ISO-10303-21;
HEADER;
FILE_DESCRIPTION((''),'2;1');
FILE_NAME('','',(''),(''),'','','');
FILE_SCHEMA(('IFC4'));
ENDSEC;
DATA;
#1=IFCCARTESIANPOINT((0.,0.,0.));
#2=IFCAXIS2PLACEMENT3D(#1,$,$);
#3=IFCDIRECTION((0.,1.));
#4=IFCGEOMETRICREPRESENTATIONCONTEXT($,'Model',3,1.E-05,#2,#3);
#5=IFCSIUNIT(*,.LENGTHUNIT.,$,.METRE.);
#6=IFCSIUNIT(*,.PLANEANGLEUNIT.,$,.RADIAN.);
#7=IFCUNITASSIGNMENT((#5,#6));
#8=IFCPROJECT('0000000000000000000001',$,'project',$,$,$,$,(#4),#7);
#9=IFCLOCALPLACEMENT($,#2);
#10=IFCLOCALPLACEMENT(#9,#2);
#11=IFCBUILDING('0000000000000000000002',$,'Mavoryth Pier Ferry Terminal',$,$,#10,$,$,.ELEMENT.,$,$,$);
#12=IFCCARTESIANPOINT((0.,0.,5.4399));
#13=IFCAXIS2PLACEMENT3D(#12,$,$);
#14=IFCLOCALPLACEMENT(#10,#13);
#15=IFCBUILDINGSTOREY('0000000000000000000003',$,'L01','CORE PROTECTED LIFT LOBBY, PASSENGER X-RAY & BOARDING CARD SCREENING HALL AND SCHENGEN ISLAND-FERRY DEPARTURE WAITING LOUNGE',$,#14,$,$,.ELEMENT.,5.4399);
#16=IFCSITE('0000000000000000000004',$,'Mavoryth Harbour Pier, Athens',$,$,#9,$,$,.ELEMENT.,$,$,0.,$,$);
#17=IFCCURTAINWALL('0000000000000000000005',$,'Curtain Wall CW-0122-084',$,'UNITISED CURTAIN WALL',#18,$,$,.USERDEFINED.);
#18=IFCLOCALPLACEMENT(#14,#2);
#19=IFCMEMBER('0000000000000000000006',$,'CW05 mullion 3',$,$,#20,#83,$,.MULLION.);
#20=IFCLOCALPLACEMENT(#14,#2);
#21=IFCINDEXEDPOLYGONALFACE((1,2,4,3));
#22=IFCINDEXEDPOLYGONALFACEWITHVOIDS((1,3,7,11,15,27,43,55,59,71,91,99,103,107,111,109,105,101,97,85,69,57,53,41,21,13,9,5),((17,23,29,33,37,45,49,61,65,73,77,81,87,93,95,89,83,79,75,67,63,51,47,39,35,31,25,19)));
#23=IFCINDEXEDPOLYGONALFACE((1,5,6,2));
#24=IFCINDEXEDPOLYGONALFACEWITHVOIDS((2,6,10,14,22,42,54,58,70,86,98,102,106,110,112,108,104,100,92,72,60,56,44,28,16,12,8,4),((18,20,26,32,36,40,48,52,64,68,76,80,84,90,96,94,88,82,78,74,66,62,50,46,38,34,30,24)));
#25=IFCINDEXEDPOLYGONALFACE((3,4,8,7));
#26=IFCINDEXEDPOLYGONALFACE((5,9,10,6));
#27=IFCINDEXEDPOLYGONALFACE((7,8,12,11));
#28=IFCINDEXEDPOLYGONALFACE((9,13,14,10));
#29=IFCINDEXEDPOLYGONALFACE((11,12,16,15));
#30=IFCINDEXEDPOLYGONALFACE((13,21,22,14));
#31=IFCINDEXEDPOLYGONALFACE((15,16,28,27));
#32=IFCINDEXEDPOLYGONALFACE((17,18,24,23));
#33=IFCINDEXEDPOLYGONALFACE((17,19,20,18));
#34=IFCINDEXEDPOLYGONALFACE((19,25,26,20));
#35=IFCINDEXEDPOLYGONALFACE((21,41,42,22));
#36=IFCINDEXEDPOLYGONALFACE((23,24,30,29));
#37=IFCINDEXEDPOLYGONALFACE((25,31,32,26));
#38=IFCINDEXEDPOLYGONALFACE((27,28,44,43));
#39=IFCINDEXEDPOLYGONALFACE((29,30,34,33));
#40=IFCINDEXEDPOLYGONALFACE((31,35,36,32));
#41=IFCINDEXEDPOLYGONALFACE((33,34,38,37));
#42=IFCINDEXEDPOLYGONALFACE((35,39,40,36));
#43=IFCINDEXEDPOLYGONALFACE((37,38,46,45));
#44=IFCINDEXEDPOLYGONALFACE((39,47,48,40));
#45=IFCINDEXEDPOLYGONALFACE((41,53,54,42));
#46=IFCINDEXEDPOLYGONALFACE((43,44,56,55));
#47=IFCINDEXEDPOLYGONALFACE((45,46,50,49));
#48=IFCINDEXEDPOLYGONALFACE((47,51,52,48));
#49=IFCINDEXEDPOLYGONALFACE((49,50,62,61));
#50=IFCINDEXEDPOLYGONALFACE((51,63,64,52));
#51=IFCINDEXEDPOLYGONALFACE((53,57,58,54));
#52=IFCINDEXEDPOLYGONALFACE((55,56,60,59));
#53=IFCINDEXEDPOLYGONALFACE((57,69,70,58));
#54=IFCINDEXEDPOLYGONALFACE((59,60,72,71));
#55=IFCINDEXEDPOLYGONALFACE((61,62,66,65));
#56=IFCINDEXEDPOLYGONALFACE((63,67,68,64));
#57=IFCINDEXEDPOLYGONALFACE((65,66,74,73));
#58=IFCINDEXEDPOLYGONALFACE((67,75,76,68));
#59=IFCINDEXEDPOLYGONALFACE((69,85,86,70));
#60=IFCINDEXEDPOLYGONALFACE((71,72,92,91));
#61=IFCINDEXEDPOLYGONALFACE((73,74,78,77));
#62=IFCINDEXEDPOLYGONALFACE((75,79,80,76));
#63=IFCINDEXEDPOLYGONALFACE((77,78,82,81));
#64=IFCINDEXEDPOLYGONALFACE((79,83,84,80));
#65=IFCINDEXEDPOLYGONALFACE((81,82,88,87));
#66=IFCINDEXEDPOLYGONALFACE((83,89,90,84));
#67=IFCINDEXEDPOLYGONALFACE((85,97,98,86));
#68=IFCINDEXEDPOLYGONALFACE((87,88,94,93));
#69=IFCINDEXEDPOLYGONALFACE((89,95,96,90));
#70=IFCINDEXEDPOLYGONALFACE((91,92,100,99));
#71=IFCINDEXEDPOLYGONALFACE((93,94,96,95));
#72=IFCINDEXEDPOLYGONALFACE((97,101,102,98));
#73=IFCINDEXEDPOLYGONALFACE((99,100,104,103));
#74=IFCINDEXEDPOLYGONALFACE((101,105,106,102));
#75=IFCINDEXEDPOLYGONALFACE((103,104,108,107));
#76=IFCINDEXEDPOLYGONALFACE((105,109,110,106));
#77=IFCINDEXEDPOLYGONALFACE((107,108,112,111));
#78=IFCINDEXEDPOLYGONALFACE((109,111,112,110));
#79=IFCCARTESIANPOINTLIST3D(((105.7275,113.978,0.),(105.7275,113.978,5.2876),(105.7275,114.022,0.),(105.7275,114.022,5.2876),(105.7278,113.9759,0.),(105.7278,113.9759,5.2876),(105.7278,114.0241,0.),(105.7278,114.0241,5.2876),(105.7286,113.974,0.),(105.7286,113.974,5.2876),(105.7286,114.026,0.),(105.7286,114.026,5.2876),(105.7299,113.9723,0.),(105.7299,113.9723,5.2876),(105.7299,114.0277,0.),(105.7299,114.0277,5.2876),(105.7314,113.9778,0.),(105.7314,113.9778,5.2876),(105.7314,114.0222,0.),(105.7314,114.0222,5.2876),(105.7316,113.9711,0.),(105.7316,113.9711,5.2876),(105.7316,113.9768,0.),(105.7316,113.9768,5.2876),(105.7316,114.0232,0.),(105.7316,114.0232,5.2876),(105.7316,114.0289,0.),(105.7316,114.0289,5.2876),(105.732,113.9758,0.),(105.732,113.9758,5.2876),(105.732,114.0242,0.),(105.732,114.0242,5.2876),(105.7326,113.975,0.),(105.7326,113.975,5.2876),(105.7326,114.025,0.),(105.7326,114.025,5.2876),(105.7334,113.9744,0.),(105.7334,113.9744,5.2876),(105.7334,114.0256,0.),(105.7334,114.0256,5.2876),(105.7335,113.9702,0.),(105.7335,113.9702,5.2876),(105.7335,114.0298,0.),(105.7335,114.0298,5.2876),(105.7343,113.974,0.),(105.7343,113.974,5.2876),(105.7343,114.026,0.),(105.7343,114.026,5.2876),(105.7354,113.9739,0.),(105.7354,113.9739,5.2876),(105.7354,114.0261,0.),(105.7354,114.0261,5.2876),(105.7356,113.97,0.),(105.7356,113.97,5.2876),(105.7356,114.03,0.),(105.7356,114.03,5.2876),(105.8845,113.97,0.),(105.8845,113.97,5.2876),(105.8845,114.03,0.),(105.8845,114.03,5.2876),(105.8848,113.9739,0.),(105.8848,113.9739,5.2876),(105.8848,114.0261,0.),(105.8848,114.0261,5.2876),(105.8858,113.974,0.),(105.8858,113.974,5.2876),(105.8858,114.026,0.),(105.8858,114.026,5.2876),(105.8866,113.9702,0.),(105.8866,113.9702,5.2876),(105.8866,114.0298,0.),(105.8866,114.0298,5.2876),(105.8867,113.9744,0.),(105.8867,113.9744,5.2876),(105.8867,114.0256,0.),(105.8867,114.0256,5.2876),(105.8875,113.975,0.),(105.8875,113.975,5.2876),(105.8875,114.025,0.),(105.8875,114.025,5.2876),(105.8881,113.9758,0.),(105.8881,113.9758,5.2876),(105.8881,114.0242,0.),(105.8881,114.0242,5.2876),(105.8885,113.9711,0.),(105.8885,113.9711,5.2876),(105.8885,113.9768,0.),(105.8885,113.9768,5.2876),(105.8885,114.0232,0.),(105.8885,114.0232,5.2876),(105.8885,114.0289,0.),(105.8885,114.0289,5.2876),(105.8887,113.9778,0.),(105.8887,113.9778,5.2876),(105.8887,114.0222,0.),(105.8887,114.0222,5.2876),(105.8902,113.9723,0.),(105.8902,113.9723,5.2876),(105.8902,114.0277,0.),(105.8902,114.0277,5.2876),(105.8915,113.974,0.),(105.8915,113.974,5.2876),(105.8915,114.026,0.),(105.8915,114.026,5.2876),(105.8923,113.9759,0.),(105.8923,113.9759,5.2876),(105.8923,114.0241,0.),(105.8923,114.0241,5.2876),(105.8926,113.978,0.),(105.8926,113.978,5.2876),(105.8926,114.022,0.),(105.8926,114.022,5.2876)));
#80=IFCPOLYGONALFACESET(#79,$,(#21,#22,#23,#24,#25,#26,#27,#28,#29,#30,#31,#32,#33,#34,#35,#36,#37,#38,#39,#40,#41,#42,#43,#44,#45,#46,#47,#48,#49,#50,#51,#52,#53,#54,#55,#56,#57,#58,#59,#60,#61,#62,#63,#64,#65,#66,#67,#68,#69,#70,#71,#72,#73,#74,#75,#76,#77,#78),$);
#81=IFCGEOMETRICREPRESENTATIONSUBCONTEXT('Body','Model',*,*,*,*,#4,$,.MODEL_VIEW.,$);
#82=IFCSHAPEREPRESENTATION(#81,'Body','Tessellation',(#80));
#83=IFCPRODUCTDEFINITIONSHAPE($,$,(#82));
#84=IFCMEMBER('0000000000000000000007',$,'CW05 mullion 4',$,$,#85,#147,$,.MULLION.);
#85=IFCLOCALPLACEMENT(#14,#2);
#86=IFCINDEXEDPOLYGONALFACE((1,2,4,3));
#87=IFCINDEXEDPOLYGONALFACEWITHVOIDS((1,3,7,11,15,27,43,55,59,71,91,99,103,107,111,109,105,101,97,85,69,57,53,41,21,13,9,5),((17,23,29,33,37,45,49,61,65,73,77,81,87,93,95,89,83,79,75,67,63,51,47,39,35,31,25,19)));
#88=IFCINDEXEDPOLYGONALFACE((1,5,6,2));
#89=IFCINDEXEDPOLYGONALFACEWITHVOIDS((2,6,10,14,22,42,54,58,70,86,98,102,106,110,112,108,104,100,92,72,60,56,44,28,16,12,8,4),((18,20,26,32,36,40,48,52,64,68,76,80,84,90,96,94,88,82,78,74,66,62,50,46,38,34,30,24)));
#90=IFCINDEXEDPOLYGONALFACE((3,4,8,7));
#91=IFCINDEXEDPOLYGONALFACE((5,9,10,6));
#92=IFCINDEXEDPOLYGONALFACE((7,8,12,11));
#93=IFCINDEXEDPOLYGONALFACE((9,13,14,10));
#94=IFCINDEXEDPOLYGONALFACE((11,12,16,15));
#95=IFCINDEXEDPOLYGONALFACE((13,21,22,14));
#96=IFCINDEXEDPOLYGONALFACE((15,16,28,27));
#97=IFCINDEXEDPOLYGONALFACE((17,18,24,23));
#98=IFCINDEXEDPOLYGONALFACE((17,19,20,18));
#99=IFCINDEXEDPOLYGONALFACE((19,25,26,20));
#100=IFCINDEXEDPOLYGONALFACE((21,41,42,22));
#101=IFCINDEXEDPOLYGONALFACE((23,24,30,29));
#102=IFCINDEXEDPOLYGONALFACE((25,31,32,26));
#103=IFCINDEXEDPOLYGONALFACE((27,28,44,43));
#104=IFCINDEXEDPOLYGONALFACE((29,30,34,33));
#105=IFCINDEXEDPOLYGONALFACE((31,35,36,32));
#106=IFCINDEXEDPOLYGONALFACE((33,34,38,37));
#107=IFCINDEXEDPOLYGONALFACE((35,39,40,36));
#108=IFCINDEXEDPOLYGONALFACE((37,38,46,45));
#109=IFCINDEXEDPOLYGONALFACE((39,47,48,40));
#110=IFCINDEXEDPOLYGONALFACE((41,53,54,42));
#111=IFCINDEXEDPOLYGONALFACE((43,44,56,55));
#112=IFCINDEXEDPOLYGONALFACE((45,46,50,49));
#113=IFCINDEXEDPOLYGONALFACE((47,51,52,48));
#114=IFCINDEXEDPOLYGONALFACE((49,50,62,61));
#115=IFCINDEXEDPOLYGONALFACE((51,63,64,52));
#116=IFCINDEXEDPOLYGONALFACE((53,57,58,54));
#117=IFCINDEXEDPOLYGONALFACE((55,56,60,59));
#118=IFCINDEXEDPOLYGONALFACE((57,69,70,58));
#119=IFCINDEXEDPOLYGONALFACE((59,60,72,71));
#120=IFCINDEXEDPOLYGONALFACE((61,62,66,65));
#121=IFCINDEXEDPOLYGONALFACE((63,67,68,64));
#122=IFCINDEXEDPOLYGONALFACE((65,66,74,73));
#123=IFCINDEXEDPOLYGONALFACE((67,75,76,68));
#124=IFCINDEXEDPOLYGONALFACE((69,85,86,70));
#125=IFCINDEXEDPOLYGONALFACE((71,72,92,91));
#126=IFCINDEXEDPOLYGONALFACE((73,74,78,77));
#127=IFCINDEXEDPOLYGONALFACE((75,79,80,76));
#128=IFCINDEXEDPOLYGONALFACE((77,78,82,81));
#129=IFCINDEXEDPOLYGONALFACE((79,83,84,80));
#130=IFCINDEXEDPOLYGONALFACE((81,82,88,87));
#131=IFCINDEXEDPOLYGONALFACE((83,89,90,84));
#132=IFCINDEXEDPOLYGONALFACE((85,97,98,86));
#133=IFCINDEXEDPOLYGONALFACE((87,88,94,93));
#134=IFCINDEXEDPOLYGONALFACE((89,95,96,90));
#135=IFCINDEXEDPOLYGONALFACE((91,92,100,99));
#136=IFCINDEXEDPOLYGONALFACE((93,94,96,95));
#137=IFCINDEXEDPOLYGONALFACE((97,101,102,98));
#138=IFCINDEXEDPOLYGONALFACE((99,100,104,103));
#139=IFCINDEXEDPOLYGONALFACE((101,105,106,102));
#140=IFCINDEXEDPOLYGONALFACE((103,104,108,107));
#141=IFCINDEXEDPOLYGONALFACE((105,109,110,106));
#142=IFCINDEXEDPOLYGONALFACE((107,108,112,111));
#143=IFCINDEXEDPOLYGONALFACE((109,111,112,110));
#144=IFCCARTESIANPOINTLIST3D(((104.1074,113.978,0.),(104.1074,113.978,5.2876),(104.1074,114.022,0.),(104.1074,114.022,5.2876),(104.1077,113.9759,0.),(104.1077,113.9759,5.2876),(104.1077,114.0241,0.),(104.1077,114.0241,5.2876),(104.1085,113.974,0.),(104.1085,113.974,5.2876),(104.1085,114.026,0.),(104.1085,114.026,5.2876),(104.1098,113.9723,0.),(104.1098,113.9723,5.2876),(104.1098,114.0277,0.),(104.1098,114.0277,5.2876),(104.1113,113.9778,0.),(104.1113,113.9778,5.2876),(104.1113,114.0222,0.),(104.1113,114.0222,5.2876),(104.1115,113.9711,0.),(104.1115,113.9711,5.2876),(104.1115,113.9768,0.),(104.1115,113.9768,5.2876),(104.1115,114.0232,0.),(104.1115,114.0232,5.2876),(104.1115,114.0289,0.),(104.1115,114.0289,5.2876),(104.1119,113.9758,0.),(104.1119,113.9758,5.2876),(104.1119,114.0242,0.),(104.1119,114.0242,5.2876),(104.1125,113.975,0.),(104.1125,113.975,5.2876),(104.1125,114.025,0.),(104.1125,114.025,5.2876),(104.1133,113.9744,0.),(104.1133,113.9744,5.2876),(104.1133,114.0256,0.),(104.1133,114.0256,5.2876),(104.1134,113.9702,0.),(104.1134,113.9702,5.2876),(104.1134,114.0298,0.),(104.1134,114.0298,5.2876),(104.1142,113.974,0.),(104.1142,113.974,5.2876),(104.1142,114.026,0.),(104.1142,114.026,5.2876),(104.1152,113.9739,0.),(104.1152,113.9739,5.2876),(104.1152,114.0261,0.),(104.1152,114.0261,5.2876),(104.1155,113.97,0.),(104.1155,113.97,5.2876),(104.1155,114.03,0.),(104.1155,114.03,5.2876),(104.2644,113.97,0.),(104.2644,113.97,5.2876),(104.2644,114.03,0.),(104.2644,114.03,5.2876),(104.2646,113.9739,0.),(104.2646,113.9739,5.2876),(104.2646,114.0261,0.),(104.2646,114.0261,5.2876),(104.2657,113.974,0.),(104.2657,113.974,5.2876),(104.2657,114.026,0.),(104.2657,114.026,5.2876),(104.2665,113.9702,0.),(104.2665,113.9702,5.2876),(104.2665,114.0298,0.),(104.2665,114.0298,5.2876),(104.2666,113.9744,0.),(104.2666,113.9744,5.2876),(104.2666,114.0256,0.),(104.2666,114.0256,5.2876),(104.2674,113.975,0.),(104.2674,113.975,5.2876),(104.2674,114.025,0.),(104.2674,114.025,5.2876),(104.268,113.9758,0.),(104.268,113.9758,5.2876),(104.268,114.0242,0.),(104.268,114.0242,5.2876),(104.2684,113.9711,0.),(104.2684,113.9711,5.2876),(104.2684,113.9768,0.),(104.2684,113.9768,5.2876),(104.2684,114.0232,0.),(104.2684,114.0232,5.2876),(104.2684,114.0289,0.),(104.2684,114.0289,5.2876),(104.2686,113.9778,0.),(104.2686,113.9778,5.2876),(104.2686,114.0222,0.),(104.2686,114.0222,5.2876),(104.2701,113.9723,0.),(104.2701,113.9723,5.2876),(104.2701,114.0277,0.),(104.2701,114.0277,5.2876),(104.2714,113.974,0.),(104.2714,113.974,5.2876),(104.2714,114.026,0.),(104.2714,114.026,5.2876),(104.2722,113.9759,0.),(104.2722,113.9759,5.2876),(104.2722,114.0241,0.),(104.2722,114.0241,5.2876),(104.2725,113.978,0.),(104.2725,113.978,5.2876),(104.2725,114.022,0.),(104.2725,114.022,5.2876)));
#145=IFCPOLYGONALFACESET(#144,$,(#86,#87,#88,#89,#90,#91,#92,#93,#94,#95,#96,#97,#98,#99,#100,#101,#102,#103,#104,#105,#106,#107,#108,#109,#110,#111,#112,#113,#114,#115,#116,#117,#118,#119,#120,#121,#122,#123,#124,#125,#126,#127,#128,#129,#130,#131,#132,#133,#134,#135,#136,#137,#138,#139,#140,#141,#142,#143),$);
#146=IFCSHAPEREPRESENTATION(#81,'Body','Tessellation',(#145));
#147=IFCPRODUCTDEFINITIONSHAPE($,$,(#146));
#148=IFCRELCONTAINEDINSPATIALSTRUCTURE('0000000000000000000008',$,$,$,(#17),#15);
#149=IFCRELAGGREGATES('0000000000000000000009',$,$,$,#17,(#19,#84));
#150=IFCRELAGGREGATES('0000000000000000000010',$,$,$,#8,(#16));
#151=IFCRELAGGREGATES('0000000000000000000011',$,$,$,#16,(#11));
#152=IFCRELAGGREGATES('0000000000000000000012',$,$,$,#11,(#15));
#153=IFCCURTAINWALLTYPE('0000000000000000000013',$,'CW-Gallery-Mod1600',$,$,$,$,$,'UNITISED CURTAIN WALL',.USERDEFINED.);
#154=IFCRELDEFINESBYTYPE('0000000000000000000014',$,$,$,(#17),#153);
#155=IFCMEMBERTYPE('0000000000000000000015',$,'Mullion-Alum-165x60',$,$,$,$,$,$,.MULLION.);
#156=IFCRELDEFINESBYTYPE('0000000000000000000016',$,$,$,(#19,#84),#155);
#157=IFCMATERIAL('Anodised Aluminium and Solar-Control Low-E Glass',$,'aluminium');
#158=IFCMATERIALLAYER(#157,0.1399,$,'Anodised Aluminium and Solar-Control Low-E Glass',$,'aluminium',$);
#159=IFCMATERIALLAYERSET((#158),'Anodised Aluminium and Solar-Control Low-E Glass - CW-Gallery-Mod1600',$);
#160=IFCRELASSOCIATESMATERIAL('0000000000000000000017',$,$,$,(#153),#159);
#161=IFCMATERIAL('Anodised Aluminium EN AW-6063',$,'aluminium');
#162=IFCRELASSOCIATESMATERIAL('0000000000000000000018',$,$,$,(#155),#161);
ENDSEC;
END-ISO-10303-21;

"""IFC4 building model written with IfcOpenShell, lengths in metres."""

from ifc_helpers import new_model, si_unit, direction, frame, origin, origin_2d, place, context, subcontext, project, spatial, hollow_rectangle, extrude, material, layer, layer_set, material_profile, profile_set, type_object, element, aggregate, save


model = new_model("IFC4")

# Units and contexts
model_context = context("Model", 3, precision=1e-05, world=origin(), true_north=direction((0.0, 1.0)))
body_context = subcontext(model_context, "Body", "Model", "MODEL_VIEW")
ifc_project = project(units=[si_unit("LENGTHUNIT", "METRE"), si_unit("PLANEANGLEUNIT", "RADIAN")], contexts=[model_context])

# Site, building, storey
site_placement = place(None, origin())
site = spatial("IfcSite", under=ifc_project, at=site_placement, Name="Mavoryth Harbour Pier, Athens", CompositionType="ELEMENT", RefElevation=0.0)
building_placement = place(site_placement, origin())
building = spatial("IfcBuilding", under=site, at=building_placement, Name="Mavoryth Pier Ferry Terminal", CompositionType="ELEMENT")
storey_placement = place(building_placement, frame((0.0, 0.0, 5.4399)))
storey = spatial("IfcBuildingStorey", under=building, at=storey_placement, Name="L01", Description="CORE PROTECTED LIFT LOBBY, PASSENGER X-RAY & BOARDING CARD SCREENING HALL AND SCHENGEN ISLAND-FERRY DEPARTURE WAITING LOUNGE", CompositionType="ELEMENT", Elevation=5.4399)

# Curtain wall, members
ifc_material_1 = material(Name="Anodised Aluminium and Solar-Control Low-E Glass", Category="aluminium")
ifc_layer_1 = layer(ifc_material_1, 0.1399, Name="Anodised Aluminium and Solar-Control Low-E Glass", Category="aluminium")
ifc_layer_set_1 = layer_set([ifc_layer_1], Name="Anodised Aluminium and Solar-Control Low-E Glass - CW-Gallery-Mod1600")
curtain_wall_type = type_object("IfcCurtainWallType", Name="CW-Gallery-Mod1600", ElementType="UNITISED CURTAIN WALL", PredefinedType="USERDEFINED", material=ifc_layer_set_1)
curtain_wall_placement = place(storey_placement, origin())
curtain_wall = element("IfcCurtainWall", 1, at=curtain_wall_placement, inside=storey, type_object=curtain_wall_type, Name="Curtain Wall CW-0122-084", ObjectType="UNITISED CURTAIN WALL", PredefinedType="USERDEFINED")
ifc_material_2 = material(Name="Anodised Aluminium EN AW-6063", Category="aluminium")
ifc_material_profile_1 = material_profile(ifc_material_2, hollow_rectangle(XDim=0.0601, YDim=0.165, WallThickness=0.0039, InnerFilletRadius=0.0039, OuterFilletRadius=0.0081, at=origin_2d()), Name="AL-MULL 165x60x4", Category="aluminium")
ifc_profile_set_1 = profile_set([ifc_material_profile_1], Name="Anodised Aluminium EN AW-6063 - AL-MULL 165x60x4")
member_type_1 = type_object("IfcMemberType", Name="Mullion-Alum-165x60", PredefinedType="MULLION", material=ifc_profile_set_1)
member_1_placement = place(storey_placement, frame((105.8101, 114.0, 0.0), z_axis=(0.0, 0.0, 1.0), x_axis=(0.0, -1.0, 0.0)))
member_1 = element("IfcMember", 2, at=member_1_placement, type_object=member_type_1, Name="CW05 mullion 3", PredefinedType="MULLION", context=body_context, shape_type="SweptSolid", body=[
    extrude(hollow_rectangle(XDim=0.0601, YDim=0.165, WallThickness=0.0039, InnerFilletRadius=0.0039, OuterFilletRadius=0.0081, at=origin_2d()), origin(), (0.0, 0.0, 1.0), 5.2876),
])
member_2_placement = place(storey_placement, frame((104.1899, 114.0, 0.0), z_axis=(0.0, 0.0, 1.0), x_axis=(0.0, -1.0, 0.0)))
member_2 = element("IfcMember", 3, at=member_2_placement, type_object=member_type_1, Name="CW05 mullion 4", PredefinedType="MULLION", context=body_context, shape_type="SweptSolid", body=[
    extrude(hollow_rectangle(XDim=0.0601, YDim=0.165, WallThickness=0.0039, InnerFilletRadius=0.0039, OuterFilletRadius=0.0081, at=origin_2d()), origin(), (0.0, 0.0, 1.0), 5.2876),
])

aggregate(curtain_wall, [member_1, member_2])

save(model, "model.ifc")
